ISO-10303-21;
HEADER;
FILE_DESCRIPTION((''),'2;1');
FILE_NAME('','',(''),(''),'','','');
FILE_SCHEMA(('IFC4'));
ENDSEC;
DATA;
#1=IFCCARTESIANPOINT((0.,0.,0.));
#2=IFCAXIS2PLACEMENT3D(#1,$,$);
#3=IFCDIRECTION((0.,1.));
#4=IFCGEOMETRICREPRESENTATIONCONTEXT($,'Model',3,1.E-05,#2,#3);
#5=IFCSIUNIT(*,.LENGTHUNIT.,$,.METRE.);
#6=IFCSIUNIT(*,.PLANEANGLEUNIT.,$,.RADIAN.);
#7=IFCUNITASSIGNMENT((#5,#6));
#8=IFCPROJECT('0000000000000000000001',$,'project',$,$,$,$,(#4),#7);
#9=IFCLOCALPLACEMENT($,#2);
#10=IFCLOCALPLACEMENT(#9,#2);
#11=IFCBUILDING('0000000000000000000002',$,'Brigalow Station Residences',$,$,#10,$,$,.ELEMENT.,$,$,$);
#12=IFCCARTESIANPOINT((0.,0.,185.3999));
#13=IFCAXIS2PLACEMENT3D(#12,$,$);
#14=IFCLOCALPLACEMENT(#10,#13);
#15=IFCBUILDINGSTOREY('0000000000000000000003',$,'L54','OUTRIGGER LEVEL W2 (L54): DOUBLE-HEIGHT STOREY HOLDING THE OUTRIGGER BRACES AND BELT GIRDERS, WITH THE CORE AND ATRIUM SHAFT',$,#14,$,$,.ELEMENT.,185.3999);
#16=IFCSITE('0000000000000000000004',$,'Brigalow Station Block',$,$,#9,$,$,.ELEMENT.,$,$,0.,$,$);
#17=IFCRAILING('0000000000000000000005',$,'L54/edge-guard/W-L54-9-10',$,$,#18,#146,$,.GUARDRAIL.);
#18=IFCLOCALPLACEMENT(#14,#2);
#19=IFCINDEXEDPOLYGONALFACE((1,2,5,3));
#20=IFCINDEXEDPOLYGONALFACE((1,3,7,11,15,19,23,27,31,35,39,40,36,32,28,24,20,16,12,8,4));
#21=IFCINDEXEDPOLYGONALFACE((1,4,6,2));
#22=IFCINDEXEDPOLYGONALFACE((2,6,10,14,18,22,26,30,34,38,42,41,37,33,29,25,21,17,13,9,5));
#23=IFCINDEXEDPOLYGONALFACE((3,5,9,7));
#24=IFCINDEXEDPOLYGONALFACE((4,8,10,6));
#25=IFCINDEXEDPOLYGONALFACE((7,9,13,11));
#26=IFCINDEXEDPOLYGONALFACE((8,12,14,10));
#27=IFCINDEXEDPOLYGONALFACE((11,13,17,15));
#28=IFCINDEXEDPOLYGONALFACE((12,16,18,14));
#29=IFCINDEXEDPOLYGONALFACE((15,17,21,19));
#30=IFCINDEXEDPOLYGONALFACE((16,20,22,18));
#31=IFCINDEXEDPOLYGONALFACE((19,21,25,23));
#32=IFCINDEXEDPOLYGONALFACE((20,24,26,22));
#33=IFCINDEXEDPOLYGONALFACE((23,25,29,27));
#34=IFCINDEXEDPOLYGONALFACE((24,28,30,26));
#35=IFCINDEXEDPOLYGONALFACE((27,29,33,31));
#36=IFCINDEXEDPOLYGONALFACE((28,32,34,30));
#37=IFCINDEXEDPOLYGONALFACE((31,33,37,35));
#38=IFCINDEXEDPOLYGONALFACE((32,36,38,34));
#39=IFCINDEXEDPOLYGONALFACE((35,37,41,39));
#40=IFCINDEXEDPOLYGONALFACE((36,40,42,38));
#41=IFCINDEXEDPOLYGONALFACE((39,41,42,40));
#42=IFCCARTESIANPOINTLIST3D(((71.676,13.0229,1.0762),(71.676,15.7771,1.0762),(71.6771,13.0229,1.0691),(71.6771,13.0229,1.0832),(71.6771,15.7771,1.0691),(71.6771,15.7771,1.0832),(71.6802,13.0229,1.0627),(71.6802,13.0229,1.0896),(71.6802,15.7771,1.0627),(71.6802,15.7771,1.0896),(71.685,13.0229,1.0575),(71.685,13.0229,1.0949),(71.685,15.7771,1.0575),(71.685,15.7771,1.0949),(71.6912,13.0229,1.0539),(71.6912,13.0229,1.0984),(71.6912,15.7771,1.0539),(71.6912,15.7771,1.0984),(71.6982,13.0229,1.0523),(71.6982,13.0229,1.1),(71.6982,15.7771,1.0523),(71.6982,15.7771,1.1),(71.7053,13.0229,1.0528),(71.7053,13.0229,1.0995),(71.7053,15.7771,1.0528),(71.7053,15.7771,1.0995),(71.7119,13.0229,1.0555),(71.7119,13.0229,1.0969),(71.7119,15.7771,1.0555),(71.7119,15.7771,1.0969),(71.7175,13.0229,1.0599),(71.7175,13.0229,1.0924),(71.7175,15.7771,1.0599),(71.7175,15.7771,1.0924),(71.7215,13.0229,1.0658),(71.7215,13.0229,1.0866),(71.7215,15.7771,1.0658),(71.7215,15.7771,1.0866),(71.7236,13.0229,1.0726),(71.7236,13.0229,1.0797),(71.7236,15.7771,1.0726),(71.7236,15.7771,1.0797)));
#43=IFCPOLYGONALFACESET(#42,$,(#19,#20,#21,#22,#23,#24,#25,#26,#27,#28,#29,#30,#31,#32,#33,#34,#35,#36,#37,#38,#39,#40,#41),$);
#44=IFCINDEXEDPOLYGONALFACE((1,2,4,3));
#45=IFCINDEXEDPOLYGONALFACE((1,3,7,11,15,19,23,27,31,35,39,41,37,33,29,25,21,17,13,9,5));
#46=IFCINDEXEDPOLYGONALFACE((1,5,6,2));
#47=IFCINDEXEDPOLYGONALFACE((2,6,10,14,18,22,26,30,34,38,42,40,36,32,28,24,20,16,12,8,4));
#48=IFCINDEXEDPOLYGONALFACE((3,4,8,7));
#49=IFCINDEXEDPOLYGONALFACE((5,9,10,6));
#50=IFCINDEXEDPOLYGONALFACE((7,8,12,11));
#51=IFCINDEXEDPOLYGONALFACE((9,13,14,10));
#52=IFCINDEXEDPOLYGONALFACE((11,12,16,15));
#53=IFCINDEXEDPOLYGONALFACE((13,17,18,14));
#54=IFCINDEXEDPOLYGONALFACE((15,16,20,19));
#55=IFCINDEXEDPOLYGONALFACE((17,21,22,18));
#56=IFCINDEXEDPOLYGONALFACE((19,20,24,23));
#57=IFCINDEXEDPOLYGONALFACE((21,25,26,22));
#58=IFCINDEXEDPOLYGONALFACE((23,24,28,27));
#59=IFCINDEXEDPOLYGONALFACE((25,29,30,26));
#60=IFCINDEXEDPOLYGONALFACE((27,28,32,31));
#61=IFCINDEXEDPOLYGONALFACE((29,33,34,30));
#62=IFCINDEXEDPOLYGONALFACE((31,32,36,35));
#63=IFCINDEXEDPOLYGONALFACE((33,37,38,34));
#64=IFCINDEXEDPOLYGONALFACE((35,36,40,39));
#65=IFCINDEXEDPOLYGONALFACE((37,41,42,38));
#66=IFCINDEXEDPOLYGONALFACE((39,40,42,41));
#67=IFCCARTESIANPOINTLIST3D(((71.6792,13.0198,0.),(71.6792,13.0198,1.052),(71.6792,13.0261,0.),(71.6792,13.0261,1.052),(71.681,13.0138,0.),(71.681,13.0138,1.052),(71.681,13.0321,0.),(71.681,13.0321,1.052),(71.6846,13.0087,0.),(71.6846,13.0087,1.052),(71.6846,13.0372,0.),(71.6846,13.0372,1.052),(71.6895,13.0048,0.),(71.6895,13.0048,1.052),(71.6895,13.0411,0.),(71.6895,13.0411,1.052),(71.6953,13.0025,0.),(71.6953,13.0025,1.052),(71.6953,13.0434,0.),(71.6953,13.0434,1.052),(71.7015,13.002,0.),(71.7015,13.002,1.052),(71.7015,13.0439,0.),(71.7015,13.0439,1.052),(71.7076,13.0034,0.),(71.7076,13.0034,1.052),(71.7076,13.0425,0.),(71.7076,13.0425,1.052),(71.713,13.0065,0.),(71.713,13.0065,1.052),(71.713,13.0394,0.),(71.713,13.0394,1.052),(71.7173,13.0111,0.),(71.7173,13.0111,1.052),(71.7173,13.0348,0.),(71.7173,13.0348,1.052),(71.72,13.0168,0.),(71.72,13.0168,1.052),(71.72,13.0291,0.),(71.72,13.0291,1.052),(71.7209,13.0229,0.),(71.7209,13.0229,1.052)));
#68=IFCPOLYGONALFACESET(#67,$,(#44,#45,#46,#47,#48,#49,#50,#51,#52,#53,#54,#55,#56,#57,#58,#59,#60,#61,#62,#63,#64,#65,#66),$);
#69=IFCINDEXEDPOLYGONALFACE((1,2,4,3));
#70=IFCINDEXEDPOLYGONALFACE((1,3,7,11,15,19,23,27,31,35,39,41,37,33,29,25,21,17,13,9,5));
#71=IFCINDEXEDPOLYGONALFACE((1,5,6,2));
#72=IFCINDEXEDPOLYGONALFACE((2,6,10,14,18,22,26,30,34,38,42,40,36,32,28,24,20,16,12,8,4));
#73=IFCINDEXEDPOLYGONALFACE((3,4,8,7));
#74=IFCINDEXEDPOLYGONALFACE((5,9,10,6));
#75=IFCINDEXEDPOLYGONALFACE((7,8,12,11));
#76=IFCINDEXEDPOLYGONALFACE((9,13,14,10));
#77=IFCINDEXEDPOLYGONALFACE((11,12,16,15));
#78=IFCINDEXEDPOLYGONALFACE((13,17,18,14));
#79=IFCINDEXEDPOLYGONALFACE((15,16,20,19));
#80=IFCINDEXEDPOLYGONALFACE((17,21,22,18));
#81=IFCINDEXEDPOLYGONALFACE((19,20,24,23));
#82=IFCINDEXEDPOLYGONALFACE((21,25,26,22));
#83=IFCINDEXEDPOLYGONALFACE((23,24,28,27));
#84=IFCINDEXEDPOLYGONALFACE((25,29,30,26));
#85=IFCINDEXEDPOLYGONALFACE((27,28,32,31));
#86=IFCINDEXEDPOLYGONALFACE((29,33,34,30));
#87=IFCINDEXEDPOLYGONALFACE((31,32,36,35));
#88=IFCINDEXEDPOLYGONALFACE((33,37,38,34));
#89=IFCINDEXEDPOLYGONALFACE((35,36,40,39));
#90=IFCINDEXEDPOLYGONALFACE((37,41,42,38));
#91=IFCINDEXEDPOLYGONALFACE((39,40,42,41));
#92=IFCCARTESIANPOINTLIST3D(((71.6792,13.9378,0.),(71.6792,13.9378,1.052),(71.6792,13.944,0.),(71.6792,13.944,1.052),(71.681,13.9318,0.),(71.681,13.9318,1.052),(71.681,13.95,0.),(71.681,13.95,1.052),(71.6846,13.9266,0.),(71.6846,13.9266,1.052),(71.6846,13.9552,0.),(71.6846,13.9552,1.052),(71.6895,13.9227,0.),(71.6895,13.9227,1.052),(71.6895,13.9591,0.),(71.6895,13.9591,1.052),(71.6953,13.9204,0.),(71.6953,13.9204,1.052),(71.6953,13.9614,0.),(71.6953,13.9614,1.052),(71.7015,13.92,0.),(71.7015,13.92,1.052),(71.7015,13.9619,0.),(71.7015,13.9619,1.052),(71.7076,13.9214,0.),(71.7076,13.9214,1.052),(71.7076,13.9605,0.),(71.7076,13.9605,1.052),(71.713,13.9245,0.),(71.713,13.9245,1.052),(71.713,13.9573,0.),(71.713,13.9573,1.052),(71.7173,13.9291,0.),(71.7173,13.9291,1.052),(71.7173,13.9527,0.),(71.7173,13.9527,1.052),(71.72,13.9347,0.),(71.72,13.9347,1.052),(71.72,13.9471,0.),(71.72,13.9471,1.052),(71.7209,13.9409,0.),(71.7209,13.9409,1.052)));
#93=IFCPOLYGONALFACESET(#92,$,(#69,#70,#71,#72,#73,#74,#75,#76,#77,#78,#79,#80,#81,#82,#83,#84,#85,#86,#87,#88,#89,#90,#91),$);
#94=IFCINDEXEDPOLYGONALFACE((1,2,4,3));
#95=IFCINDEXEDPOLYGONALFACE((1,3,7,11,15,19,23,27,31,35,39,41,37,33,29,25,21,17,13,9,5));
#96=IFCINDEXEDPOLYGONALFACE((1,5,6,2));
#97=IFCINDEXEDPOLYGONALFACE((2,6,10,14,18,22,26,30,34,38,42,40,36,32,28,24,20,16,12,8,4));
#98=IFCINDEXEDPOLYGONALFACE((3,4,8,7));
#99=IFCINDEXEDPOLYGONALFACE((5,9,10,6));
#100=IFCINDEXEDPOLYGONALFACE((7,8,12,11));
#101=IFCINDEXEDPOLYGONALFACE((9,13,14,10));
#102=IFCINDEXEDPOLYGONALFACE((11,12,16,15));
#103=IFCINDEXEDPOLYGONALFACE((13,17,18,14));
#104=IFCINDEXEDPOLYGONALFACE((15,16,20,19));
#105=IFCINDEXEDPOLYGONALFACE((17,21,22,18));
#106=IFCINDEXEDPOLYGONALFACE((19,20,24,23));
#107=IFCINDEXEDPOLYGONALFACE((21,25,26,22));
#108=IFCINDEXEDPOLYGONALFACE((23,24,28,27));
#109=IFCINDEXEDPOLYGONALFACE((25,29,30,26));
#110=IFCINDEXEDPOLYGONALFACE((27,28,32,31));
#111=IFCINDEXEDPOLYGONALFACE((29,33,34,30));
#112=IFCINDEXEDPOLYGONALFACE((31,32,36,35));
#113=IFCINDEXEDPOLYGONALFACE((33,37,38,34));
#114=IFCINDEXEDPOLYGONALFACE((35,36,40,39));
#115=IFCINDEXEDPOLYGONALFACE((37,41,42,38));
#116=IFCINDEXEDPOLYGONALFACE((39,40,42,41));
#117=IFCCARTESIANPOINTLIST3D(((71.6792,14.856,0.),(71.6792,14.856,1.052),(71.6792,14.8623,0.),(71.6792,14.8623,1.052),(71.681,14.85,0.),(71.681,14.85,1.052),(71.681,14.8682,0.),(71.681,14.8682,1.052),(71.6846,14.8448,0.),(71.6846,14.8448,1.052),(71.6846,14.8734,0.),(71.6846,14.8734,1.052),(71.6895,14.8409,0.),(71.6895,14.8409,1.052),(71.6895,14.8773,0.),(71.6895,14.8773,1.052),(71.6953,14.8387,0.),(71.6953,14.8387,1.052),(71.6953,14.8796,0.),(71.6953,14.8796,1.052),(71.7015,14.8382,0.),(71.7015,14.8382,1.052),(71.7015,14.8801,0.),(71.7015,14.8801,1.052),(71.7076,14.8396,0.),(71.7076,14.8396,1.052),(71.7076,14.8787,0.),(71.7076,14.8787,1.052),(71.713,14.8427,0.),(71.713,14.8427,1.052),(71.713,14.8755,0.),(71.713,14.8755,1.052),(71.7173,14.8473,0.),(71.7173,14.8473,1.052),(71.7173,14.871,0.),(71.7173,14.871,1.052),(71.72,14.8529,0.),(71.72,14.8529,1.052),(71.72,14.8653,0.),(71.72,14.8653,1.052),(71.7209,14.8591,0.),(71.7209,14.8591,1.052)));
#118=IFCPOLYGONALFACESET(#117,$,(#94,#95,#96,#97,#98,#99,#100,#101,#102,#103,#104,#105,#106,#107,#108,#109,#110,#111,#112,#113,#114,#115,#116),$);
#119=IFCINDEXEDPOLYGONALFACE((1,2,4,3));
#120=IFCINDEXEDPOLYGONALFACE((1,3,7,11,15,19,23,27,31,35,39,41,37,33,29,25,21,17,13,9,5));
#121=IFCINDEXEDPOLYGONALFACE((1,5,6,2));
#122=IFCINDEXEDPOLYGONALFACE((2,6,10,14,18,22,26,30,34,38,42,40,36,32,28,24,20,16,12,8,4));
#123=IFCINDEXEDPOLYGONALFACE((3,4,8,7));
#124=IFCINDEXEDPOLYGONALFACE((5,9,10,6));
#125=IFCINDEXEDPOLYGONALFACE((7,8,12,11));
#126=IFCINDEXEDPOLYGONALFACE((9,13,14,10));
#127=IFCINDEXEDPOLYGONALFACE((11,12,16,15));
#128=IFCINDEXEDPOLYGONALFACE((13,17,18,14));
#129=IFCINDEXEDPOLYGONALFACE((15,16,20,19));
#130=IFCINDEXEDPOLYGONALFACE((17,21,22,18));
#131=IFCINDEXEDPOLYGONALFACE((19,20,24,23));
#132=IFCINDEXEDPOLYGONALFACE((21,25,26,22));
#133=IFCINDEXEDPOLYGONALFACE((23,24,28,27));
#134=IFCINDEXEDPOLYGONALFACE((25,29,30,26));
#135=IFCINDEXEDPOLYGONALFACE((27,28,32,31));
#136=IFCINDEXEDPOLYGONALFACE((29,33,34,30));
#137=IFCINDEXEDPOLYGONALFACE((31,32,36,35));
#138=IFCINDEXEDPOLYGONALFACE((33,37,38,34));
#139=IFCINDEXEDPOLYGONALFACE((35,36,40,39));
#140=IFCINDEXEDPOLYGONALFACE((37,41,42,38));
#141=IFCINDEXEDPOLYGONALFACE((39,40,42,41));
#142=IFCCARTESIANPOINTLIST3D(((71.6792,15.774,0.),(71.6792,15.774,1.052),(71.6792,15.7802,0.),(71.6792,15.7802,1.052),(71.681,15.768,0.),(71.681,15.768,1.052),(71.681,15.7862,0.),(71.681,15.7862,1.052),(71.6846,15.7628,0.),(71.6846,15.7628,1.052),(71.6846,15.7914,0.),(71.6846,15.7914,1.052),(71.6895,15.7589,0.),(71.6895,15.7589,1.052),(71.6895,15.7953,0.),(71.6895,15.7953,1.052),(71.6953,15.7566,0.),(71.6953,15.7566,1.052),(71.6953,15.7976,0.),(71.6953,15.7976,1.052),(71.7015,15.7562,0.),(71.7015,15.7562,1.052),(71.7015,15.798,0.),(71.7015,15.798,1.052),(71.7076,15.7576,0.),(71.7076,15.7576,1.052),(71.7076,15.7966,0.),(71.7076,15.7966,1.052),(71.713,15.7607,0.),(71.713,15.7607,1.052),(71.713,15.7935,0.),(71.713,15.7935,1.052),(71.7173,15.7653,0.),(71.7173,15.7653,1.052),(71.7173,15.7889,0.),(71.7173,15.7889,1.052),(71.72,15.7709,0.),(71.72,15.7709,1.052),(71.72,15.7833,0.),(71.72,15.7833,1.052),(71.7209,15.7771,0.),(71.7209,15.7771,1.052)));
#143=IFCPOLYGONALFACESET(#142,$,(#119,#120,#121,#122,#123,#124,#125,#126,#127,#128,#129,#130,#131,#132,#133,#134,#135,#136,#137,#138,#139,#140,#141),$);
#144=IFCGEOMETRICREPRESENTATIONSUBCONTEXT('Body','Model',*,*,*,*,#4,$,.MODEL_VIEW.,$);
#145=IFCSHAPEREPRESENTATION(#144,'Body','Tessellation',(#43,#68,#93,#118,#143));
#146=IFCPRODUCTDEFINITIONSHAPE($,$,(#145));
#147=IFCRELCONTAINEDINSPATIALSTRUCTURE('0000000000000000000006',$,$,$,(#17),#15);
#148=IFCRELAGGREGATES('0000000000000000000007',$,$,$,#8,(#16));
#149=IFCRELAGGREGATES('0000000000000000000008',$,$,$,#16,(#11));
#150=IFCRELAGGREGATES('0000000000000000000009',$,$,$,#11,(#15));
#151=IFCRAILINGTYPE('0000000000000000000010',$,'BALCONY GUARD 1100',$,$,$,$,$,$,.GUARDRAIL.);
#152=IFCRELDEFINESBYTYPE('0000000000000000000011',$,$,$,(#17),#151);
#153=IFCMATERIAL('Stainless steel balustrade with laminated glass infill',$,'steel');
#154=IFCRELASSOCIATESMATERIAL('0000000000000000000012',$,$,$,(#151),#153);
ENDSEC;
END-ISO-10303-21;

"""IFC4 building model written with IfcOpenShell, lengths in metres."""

from ifc_helpers import new_model, si_unit, direction, frame, origin, origin_2d, place, context, subcontext, project, spatial, circle, extrude, material, type_object, element, save


model = new_model("IFC4")

# Units and contexts
model_context = context("Model", 3, precision=1e-05, world=origin(), true_north=direction((0.0, 1.0)))
body_context = subcontext(model_context, "Body", "Model", "MODEL_VIEW")
ifc_project = project(units=[si_unit("LENGTHUNIT", "METRE"), si_unit("PLANEANGLEUNIT", "RADIAN")], contexts=[model_context])

# Site, building, storey
site_placement = place(None, origin())
site = spatial("IfcSite", under=ifc_project, at=site_placement, Name="Brigalow Station Block", CompositionType="ELEMENT", RefElevation=0.0)
building_placement = place(site_placement, origin())
building = spatial("IfcBuilding", under=site, at=building_placement, Name="Brigalow Station Residences", CompositionType="ELEMENT")
storey_placement = place(building_placement, frame((0.0, 0.0, 185.3999)))
storey = spatial("IfcBuildingStorey", under=building, at=storey_placement, Name="L54", Description="OUTRIGGER LEVEL W2 (L54): DOUBLE-HEIGHT STOREY HOLDING THE OUTRIGGER BRACES AND BELT GIRDERS, WITH THE CORE AND ATRIUM SHAFT", CompositionType="ELEMENT", Elevation=185.3999)

# Railing
ifc_material_1 = material(Name="Stainless steel balustrade with laminated glass infill", Category="steel")
railing_type = type_object("IfcRailingType", Name="BALCONY GUARD 1100", PredefinedType="GUARDRAIL", material=ifc_material_1)
railing_1_placement = place(storey_placement, frame((71.7, 13.0229, 0.0)))
element("IfcRailing", 1, at=railing_1_placement, inside=storey, type_object=railing_type, Name="L54/edge-guard/W-L54-9-10", PredefinedType="GUARDRAIL", context=body_context, shape_type="SweptSolid", body=[
    extrude(circle(Radius=0.0239, at=origin_2d()), frame((0.0, 0.0, 1.0762), z_axis=(0.0, 1.0, 0.0), x_axis=(-1.0, 0.0, 0.0)), (0.0, 0.0, 1.0), 2.7542),
    extrude(circle(Radius=0.021, at=origin_2d()), origin(), (0.0, 0.0, 1.0), 1.052),
    extrude(circle(Radius=0.021, at=origin_2d()), frame((0.0, 0.918, 0.0)), (0.0, 0.0, 1.0), 1.052),
    extrude(circle(Radius=0.021, at=origin_2d()), frame((0.0, 1.8362, 0.0)), (0.0, 0.0, 1.0), 1.052),
    extrude(circle(Radius=0.021, at=origin_2d()), frame((0.0, 2.7542, 0.0)), (0.0, 0.0, 1.0), 1.052),
])

save(model, "model.ifc")
